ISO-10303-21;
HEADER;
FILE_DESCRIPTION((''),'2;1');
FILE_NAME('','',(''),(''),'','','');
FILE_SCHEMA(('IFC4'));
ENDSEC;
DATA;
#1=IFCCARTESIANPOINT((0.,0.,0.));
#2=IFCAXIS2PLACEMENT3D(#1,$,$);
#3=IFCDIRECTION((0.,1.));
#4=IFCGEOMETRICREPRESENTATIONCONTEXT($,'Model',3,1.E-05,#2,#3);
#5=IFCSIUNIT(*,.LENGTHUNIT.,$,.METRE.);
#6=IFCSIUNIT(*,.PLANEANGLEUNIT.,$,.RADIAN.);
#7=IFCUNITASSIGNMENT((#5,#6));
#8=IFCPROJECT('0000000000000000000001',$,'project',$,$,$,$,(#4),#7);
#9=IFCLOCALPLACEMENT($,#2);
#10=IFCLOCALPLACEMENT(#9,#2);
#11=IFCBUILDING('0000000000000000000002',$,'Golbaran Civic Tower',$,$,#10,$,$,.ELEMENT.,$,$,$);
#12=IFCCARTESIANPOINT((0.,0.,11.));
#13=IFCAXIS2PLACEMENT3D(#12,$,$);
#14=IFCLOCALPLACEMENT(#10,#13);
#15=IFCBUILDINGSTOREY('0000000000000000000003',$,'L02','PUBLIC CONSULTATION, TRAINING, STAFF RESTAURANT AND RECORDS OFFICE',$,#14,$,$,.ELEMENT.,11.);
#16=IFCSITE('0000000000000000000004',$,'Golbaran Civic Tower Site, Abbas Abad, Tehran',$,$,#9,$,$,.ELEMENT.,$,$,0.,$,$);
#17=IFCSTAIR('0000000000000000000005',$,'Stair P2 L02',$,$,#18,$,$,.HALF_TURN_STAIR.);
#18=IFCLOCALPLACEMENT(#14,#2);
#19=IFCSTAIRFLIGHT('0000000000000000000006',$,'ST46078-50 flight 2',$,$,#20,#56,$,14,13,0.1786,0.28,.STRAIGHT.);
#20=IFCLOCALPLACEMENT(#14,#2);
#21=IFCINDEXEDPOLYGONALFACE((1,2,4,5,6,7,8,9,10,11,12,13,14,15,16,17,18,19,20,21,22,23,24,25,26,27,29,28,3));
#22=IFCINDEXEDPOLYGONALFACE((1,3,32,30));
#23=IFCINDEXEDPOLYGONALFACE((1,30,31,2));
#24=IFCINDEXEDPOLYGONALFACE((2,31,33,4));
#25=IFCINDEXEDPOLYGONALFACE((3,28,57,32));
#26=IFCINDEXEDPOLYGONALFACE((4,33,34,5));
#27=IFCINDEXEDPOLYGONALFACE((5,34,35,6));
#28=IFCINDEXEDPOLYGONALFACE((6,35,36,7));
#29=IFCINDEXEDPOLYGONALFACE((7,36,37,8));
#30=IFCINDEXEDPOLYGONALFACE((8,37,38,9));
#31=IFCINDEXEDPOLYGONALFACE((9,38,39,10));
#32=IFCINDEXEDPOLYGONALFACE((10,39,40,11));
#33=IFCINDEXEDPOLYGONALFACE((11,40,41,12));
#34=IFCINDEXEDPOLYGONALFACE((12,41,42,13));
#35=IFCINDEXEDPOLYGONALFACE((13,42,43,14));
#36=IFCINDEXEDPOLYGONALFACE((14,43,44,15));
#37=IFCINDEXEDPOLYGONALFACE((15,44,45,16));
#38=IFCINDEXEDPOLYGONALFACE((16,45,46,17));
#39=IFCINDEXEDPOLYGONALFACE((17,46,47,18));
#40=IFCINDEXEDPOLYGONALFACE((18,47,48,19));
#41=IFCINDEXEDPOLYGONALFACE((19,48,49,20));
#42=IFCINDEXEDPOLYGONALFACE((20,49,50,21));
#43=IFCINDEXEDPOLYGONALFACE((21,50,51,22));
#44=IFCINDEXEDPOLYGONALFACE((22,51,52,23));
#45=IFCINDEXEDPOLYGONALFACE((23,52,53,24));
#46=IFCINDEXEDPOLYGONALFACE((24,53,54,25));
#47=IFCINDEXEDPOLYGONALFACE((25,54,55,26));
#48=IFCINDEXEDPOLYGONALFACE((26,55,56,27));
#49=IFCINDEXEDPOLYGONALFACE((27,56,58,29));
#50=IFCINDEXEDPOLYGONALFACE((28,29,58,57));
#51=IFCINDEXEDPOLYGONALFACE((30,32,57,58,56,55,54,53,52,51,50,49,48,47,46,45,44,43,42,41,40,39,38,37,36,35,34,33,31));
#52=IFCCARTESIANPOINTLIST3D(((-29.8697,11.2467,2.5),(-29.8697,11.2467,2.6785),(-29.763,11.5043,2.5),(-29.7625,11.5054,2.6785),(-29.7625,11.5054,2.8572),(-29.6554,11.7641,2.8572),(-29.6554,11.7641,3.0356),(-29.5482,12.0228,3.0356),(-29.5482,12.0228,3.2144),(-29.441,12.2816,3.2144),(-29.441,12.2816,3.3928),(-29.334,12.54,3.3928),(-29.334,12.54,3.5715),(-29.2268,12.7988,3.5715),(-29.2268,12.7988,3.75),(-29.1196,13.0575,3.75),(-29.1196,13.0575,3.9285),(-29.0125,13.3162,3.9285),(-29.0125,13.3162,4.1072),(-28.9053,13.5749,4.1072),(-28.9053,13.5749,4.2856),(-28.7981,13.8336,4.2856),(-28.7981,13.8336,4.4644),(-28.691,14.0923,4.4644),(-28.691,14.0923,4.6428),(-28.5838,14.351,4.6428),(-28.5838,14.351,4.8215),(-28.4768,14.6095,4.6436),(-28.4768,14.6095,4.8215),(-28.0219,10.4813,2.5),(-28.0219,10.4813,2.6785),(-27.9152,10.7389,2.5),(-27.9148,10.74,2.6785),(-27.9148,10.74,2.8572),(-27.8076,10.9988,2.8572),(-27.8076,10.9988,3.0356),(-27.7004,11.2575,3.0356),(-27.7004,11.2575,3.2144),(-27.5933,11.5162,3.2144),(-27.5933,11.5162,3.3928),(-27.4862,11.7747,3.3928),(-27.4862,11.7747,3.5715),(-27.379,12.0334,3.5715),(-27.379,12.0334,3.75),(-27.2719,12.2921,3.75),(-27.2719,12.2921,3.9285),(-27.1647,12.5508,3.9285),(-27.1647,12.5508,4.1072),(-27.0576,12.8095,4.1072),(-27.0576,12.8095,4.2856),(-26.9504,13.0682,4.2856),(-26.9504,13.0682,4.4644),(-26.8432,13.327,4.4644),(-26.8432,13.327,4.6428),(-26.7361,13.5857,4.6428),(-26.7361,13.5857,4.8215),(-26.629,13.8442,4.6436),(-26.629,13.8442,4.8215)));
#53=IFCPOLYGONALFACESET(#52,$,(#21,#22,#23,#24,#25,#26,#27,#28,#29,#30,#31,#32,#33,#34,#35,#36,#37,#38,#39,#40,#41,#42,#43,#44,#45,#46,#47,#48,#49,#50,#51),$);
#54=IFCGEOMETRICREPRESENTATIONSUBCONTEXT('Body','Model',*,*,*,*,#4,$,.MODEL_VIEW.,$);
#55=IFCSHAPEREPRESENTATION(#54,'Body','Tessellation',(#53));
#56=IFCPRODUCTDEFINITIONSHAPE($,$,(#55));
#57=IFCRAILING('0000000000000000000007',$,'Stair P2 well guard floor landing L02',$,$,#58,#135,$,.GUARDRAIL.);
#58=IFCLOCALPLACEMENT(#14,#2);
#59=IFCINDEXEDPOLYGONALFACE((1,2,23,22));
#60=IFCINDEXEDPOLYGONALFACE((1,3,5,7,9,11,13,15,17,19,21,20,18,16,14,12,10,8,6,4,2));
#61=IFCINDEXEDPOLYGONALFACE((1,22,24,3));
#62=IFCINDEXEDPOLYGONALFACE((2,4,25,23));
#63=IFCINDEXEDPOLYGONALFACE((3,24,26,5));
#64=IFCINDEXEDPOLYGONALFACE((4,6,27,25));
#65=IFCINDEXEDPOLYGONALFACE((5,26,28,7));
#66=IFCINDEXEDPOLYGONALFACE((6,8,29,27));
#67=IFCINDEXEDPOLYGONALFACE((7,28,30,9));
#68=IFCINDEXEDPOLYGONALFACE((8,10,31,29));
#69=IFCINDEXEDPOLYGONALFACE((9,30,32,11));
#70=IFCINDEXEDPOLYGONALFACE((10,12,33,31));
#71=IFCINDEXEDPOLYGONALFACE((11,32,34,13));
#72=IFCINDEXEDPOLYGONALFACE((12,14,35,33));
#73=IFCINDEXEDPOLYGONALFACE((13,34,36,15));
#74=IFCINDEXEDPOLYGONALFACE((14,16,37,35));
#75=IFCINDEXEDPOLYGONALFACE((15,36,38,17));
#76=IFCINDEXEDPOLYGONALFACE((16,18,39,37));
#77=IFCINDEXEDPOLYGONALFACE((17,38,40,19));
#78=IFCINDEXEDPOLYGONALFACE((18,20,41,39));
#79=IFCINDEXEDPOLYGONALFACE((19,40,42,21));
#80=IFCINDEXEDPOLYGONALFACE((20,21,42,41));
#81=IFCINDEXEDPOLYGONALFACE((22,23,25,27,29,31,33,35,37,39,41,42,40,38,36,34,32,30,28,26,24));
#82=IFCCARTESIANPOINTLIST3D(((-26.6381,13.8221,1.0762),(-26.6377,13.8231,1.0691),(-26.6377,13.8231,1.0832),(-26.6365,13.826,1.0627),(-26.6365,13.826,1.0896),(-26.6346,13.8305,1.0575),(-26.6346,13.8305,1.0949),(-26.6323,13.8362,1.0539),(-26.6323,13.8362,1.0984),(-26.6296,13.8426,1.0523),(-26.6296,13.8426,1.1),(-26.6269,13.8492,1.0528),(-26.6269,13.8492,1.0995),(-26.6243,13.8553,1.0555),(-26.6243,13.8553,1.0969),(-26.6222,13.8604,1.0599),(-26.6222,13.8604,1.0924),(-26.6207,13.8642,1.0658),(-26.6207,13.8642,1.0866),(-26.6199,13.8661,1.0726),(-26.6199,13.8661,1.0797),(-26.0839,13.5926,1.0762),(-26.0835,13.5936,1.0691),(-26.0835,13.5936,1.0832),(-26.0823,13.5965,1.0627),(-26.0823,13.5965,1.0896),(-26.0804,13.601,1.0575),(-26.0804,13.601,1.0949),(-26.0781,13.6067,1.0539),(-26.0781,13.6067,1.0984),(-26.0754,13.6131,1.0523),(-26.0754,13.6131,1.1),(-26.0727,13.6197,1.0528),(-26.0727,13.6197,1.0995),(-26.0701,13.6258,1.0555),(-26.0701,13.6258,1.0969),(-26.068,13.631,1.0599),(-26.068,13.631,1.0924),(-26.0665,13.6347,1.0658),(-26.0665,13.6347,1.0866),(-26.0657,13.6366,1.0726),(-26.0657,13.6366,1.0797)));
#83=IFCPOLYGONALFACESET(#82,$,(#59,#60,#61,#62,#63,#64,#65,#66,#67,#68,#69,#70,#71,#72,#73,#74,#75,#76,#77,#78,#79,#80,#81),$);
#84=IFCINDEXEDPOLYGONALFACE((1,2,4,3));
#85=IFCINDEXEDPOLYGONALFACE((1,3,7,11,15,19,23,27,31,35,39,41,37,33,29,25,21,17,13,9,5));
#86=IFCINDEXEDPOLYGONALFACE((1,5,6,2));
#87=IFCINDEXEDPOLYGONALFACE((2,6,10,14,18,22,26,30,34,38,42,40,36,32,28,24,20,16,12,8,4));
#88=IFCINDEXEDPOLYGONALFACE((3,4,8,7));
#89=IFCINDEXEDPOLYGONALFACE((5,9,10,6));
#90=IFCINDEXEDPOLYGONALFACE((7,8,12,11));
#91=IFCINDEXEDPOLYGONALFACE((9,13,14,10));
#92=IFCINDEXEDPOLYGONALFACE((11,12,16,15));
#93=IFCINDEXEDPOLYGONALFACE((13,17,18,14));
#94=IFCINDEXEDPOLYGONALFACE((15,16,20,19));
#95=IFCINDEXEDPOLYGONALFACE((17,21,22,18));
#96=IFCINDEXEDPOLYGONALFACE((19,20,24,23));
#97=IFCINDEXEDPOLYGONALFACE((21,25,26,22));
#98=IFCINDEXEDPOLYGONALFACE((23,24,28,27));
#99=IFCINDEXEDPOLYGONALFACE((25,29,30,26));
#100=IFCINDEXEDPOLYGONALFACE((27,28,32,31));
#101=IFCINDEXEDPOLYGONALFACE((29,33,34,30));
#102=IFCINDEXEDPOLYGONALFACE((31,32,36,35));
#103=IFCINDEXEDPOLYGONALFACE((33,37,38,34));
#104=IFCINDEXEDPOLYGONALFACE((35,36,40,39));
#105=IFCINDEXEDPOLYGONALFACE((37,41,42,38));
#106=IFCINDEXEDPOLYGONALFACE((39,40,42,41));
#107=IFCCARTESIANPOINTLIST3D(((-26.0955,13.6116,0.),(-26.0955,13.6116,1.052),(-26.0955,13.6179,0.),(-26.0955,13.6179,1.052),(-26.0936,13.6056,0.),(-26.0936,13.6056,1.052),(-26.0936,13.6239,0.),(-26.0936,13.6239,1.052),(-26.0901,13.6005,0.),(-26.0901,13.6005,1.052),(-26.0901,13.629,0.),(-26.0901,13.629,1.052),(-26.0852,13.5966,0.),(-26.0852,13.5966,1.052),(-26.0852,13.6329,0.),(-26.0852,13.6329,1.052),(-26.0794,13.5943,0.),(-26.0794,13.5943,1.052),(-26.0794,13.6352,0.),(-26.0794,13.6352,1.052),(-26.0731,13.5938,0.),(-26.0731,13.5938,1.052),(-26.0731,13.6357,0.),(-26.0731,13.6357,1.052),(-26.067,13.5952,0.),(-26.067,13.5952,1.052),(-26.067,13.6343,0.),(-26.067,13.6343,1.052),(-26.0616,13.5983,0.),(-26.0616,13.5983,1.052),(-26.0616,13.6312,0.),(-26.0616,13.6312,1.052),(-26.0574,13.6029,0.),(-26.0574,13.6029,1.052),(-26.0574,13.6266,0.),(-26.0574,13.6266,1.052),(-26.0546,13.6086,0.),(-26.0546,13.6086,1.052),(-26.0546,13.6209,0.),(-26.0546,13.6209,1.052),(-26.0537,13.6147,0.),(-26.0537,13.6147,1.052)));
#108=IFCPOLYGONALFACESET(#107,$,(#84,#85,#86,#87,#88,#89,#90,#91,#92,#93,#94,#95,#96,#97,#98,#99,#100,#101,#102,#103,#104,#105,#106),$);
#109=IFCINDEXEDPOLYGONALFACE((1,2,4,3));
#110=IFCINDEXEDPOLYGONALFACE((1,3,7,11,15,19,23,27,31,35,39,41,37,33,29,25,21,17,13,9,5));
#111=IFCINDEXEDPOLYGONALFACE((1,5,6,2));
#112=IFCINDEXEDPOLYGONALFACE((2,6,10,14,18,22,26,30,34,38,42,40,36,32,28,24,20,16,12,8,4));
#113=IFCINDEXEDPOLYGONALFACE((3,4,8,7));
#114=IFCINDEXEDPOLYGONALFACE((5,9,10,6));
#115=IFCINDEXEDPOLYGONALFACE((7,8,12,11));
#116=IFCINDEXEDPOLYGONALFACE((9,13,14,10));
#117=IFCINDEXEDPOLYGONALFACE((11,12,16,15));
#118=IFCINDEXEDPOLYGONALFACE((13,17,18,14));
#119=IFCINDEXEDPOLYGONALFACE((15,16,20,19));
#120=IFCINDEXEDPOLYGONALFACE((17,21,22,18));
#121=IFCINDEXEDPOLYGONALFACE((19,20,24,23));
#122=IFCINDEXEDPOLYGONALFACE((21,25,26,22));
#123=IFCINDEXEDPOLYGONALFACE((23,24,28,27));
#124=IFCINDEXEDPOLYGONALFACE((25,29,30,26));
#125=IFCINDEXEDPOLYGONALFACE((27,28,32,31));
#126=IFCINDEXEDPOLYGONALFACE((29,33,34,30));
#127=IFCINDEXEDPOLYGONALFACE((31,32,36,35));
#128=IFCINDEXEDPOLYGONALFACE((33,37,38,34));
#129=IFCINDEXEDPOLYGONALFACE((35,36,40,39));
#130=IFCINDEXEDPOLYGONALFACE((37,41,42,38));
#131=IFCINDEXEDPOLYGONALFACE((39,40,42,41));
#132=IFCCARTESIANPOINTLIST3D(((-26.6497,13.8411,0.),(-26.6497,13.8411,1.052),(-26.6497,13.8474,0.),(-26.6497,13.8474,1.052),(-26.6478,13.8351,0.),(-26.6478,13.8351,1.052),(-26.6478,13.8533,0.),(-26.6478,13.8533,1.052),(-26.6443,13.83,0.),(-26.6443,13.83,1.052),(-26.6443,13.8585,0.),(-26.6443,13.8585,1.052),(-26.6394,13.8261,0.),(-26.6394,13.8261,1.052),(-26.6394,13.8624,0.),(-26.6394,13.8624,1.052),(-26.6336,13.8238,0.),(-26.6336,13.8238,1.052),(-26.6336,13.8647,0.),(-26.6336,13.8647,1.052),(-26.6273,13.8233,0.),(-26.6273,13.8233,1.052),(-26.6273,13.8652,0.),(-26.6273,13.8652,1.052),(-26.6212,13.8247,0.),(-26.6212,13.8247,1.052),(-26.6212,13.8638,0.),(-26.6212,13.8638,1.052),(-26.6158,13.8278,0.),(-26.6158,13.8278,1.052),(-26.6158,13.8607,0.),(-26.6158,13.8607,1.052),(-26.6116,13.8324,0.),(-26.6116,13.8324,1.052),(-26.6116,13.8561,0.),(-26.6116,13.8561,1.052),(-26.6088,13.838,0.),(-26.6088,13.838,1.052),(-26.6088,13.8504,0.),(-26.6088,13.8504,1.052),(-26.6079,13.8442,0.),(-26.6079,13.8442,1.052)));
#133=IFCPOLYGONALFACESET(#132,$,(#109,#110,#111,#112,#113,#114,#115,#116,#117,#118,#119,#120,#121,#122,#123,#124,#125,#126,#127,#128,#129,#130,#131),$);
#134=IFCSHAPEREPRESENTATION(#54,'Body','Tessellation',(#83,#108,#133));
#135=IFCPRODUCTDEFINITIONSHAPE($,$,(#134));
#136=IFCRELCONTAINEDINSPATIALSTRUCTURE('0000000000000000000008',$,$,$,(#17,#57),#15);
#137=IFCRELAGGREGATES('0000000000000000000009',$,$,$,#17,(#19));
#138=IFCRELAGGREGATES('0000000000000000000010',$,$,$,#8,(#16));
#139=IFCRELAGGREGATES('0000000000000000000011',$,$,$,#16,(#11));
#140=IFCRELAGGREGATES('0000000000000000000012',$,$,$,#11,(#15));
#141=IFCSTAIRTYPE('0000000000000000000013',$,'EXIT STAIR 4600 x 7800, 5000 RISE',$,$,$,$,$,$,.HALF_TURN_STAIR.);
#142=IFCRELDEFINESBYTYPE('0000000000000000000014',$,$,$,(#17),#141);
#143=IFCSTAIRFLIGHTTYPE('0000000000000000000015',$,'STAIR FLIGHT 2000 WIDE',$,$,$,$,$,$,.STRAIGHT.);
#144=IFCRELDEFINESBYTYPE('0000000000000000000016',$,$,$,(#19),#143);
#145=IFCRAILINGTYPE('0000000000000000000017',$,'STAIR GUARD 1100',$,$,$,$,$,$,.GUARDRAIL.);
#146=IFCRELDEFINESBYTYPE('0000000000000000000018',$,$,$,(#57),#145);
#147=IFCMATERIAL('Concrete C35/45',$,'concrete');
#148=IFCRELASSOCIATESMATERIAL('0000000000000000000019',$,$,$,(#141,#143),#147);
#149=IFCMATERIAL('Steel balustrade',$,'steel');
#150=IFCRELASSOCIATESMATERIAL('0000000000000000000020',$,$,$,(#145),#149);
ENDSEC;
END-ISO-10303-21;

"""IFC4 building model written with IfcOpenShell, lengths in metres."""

from ifc_helpers import new_model, si_unit, direction, frame, origin, origin_2d, place, context, subcontext, project, spatial, polyline, circle, outline, extrude, material, type_object, element, aggregate, save


model = new_model("IFC4")

# Units and contexts
model_context = context("Model", 3, precision=1e-05, world=origin(), true_north=direction((0.0, 1.0)))
body_context = subcontext(model_context, "Body", "Model", "MODEL_VIEW")
ifc_project = project(units=[si_unit("LENGTHUNIT", "METRE"), si_unit("PLANEANGLEUNIT", "RADIAN")], contexts=[model_context])

# Site, building, storey
site_placement = place(None, origin())
site = spatial("IfcSite", under=ifc_project, at=site_placement, Name="Golbaran Civic Tower Site, Abbas Abad, Tehran", CompositionType="ELEMENT", RefElevation=0.0)
building_placement = place(site_placement, origin())
building = spatial("IfcBuilding", under=site, at=building_placement, Name="Golbaran Civic Tower", CompositionType="ELEMENT")
storey_placement = place(building_placement, frame((0.0, 0.0, 11.0)))
storey = spatial("IfcBuildingStorey", under=building, at=storey_placement, Name="L02", Description="PUBLIC CONSULTATION, TRAINING, STAFF RESTAURANT AND RECORDS OFFICE", CompositionType="ELEMENT", Elevation=11.0)

# Stair, stair flight
ifc_material_1 = material(Name="Concrete C35/45", Category="concrete")
stair_type = type_object("IfcStairType", Name="EXIT STAIR 4600 x 7800, 5000 RISE", PredefinedType="HALF_TURN_STAIR", material=ifc_material_1)
stair_placement = place(storey_placement, origin())
stair = element("IfcStair", 1, at=stair_placement, inside=storey, type_object=stair_type, Name="Stair P2 L02", PredefinedType="HALF_TURN_STAIR")
stair_flight_type = type_object("IfcStairFlightType", Name="STAIR FLIGHT 2000 WIDE", PredefinedType="STRAIGHT", material=ifc_material_1)
stair_flight_1_placement = place(storey_placement, frame((-28.9458, 10.864, 2.5), z_axis=(0.0, 0.0, 1.0), x_axis=(0.382683, 0.92388, 0.0)))
stair_flight_1 = element("IfcStairFlight", 2, at=stair_flight_1_placement, type_object=stair_flight_type, Name="ST46078-50 flight 2", NumberOfRisers=14, NumberOfTreads=13, PredefinedType="STRAIGHT", RiserHeight=0.1786, TreadLength=0.28, context=body_context, shape_type="SweptSolid", body=[
    extrude(outline(polyline([(0.0, 0.0), (0.0, 0.1785), (0.28, 0.1785), (0.28, 0.3572), (0.5601, 0.3572), (0.5601, 0.5356), (0.8401, 0.5356), (0.8401, 0.7144), (1.1201, 0.7144), (1.1201, 0.8928), (1.3999, 0.8928), (1.3999, 1.0715), (1.6799, 1.0715), (1.6799, 1.25), (1.96, 1.25), (1.96, 1.4285), (2.24, 1.4285), (2.24, 1.6072), (2.52, 1.6072), (2.52, 1.7856), (2.8, 1.7856), (2.8, 1.9644), (3.0801, 1.9644), (3.0801, 2.1428), (3.3601, 2.1428), (3.3601, 2.3215), (3.6399, 2.3215), (3.6399, 2.5), (3.6399, 2.1436), (0.2788, 0.0), (0.0, 0.0)])), frame((0.0, 1.0, 0.0), z_axis=(0.0, -1.0, 0.0), x_axis=(1.0, 0.0, 0.0)), (0.0, 0.0, 1.0), 2.0),
])
aggregate(stair, [stair_flight_1])

# Railing
ifc_material_2 = material(Name="Steel balustrade", Category="steel")
railing_type_1 = type_object("IfcRailingType", Name="STAIR GUARD 1100", PredefinedType="GUARDRAIL", material=ifc_material_2)
railing_1_placement = place(storey_placement, frame((-26.0747, 13.6147, 0.0)))
element("IfcRailing", 3, at=railing_1_placement, inside=storey, type_object=railing_type_1, Name="Stair P2 well guard floor landing L02", PredefinedType="GUARDRAIL", context=body_context, shape_type="SweptSolid", body=[
    extrude(circle(Radius=0.0239, at=origin_2d()), frame((0.0, 0.0, 1.0762), z_axis=(-0.923918, 0.382591, 0.0), x_axis=(-0.382591, -0.923918, 0.0)), (0.0, 0.0, 1.0), 0.5999),
    extrude(circle(Radius=0.021, at=origin_2d()), origin(), (0.0, 0.0, 1.0), 1.052),
    extrude(circle(Radius=0.021, at=origin_2d()), frame((-0.5542, 0.2295, 0.0)), (0.0, 0.0, 1.0), 1.052),
])

save(model, "model.ifc")
